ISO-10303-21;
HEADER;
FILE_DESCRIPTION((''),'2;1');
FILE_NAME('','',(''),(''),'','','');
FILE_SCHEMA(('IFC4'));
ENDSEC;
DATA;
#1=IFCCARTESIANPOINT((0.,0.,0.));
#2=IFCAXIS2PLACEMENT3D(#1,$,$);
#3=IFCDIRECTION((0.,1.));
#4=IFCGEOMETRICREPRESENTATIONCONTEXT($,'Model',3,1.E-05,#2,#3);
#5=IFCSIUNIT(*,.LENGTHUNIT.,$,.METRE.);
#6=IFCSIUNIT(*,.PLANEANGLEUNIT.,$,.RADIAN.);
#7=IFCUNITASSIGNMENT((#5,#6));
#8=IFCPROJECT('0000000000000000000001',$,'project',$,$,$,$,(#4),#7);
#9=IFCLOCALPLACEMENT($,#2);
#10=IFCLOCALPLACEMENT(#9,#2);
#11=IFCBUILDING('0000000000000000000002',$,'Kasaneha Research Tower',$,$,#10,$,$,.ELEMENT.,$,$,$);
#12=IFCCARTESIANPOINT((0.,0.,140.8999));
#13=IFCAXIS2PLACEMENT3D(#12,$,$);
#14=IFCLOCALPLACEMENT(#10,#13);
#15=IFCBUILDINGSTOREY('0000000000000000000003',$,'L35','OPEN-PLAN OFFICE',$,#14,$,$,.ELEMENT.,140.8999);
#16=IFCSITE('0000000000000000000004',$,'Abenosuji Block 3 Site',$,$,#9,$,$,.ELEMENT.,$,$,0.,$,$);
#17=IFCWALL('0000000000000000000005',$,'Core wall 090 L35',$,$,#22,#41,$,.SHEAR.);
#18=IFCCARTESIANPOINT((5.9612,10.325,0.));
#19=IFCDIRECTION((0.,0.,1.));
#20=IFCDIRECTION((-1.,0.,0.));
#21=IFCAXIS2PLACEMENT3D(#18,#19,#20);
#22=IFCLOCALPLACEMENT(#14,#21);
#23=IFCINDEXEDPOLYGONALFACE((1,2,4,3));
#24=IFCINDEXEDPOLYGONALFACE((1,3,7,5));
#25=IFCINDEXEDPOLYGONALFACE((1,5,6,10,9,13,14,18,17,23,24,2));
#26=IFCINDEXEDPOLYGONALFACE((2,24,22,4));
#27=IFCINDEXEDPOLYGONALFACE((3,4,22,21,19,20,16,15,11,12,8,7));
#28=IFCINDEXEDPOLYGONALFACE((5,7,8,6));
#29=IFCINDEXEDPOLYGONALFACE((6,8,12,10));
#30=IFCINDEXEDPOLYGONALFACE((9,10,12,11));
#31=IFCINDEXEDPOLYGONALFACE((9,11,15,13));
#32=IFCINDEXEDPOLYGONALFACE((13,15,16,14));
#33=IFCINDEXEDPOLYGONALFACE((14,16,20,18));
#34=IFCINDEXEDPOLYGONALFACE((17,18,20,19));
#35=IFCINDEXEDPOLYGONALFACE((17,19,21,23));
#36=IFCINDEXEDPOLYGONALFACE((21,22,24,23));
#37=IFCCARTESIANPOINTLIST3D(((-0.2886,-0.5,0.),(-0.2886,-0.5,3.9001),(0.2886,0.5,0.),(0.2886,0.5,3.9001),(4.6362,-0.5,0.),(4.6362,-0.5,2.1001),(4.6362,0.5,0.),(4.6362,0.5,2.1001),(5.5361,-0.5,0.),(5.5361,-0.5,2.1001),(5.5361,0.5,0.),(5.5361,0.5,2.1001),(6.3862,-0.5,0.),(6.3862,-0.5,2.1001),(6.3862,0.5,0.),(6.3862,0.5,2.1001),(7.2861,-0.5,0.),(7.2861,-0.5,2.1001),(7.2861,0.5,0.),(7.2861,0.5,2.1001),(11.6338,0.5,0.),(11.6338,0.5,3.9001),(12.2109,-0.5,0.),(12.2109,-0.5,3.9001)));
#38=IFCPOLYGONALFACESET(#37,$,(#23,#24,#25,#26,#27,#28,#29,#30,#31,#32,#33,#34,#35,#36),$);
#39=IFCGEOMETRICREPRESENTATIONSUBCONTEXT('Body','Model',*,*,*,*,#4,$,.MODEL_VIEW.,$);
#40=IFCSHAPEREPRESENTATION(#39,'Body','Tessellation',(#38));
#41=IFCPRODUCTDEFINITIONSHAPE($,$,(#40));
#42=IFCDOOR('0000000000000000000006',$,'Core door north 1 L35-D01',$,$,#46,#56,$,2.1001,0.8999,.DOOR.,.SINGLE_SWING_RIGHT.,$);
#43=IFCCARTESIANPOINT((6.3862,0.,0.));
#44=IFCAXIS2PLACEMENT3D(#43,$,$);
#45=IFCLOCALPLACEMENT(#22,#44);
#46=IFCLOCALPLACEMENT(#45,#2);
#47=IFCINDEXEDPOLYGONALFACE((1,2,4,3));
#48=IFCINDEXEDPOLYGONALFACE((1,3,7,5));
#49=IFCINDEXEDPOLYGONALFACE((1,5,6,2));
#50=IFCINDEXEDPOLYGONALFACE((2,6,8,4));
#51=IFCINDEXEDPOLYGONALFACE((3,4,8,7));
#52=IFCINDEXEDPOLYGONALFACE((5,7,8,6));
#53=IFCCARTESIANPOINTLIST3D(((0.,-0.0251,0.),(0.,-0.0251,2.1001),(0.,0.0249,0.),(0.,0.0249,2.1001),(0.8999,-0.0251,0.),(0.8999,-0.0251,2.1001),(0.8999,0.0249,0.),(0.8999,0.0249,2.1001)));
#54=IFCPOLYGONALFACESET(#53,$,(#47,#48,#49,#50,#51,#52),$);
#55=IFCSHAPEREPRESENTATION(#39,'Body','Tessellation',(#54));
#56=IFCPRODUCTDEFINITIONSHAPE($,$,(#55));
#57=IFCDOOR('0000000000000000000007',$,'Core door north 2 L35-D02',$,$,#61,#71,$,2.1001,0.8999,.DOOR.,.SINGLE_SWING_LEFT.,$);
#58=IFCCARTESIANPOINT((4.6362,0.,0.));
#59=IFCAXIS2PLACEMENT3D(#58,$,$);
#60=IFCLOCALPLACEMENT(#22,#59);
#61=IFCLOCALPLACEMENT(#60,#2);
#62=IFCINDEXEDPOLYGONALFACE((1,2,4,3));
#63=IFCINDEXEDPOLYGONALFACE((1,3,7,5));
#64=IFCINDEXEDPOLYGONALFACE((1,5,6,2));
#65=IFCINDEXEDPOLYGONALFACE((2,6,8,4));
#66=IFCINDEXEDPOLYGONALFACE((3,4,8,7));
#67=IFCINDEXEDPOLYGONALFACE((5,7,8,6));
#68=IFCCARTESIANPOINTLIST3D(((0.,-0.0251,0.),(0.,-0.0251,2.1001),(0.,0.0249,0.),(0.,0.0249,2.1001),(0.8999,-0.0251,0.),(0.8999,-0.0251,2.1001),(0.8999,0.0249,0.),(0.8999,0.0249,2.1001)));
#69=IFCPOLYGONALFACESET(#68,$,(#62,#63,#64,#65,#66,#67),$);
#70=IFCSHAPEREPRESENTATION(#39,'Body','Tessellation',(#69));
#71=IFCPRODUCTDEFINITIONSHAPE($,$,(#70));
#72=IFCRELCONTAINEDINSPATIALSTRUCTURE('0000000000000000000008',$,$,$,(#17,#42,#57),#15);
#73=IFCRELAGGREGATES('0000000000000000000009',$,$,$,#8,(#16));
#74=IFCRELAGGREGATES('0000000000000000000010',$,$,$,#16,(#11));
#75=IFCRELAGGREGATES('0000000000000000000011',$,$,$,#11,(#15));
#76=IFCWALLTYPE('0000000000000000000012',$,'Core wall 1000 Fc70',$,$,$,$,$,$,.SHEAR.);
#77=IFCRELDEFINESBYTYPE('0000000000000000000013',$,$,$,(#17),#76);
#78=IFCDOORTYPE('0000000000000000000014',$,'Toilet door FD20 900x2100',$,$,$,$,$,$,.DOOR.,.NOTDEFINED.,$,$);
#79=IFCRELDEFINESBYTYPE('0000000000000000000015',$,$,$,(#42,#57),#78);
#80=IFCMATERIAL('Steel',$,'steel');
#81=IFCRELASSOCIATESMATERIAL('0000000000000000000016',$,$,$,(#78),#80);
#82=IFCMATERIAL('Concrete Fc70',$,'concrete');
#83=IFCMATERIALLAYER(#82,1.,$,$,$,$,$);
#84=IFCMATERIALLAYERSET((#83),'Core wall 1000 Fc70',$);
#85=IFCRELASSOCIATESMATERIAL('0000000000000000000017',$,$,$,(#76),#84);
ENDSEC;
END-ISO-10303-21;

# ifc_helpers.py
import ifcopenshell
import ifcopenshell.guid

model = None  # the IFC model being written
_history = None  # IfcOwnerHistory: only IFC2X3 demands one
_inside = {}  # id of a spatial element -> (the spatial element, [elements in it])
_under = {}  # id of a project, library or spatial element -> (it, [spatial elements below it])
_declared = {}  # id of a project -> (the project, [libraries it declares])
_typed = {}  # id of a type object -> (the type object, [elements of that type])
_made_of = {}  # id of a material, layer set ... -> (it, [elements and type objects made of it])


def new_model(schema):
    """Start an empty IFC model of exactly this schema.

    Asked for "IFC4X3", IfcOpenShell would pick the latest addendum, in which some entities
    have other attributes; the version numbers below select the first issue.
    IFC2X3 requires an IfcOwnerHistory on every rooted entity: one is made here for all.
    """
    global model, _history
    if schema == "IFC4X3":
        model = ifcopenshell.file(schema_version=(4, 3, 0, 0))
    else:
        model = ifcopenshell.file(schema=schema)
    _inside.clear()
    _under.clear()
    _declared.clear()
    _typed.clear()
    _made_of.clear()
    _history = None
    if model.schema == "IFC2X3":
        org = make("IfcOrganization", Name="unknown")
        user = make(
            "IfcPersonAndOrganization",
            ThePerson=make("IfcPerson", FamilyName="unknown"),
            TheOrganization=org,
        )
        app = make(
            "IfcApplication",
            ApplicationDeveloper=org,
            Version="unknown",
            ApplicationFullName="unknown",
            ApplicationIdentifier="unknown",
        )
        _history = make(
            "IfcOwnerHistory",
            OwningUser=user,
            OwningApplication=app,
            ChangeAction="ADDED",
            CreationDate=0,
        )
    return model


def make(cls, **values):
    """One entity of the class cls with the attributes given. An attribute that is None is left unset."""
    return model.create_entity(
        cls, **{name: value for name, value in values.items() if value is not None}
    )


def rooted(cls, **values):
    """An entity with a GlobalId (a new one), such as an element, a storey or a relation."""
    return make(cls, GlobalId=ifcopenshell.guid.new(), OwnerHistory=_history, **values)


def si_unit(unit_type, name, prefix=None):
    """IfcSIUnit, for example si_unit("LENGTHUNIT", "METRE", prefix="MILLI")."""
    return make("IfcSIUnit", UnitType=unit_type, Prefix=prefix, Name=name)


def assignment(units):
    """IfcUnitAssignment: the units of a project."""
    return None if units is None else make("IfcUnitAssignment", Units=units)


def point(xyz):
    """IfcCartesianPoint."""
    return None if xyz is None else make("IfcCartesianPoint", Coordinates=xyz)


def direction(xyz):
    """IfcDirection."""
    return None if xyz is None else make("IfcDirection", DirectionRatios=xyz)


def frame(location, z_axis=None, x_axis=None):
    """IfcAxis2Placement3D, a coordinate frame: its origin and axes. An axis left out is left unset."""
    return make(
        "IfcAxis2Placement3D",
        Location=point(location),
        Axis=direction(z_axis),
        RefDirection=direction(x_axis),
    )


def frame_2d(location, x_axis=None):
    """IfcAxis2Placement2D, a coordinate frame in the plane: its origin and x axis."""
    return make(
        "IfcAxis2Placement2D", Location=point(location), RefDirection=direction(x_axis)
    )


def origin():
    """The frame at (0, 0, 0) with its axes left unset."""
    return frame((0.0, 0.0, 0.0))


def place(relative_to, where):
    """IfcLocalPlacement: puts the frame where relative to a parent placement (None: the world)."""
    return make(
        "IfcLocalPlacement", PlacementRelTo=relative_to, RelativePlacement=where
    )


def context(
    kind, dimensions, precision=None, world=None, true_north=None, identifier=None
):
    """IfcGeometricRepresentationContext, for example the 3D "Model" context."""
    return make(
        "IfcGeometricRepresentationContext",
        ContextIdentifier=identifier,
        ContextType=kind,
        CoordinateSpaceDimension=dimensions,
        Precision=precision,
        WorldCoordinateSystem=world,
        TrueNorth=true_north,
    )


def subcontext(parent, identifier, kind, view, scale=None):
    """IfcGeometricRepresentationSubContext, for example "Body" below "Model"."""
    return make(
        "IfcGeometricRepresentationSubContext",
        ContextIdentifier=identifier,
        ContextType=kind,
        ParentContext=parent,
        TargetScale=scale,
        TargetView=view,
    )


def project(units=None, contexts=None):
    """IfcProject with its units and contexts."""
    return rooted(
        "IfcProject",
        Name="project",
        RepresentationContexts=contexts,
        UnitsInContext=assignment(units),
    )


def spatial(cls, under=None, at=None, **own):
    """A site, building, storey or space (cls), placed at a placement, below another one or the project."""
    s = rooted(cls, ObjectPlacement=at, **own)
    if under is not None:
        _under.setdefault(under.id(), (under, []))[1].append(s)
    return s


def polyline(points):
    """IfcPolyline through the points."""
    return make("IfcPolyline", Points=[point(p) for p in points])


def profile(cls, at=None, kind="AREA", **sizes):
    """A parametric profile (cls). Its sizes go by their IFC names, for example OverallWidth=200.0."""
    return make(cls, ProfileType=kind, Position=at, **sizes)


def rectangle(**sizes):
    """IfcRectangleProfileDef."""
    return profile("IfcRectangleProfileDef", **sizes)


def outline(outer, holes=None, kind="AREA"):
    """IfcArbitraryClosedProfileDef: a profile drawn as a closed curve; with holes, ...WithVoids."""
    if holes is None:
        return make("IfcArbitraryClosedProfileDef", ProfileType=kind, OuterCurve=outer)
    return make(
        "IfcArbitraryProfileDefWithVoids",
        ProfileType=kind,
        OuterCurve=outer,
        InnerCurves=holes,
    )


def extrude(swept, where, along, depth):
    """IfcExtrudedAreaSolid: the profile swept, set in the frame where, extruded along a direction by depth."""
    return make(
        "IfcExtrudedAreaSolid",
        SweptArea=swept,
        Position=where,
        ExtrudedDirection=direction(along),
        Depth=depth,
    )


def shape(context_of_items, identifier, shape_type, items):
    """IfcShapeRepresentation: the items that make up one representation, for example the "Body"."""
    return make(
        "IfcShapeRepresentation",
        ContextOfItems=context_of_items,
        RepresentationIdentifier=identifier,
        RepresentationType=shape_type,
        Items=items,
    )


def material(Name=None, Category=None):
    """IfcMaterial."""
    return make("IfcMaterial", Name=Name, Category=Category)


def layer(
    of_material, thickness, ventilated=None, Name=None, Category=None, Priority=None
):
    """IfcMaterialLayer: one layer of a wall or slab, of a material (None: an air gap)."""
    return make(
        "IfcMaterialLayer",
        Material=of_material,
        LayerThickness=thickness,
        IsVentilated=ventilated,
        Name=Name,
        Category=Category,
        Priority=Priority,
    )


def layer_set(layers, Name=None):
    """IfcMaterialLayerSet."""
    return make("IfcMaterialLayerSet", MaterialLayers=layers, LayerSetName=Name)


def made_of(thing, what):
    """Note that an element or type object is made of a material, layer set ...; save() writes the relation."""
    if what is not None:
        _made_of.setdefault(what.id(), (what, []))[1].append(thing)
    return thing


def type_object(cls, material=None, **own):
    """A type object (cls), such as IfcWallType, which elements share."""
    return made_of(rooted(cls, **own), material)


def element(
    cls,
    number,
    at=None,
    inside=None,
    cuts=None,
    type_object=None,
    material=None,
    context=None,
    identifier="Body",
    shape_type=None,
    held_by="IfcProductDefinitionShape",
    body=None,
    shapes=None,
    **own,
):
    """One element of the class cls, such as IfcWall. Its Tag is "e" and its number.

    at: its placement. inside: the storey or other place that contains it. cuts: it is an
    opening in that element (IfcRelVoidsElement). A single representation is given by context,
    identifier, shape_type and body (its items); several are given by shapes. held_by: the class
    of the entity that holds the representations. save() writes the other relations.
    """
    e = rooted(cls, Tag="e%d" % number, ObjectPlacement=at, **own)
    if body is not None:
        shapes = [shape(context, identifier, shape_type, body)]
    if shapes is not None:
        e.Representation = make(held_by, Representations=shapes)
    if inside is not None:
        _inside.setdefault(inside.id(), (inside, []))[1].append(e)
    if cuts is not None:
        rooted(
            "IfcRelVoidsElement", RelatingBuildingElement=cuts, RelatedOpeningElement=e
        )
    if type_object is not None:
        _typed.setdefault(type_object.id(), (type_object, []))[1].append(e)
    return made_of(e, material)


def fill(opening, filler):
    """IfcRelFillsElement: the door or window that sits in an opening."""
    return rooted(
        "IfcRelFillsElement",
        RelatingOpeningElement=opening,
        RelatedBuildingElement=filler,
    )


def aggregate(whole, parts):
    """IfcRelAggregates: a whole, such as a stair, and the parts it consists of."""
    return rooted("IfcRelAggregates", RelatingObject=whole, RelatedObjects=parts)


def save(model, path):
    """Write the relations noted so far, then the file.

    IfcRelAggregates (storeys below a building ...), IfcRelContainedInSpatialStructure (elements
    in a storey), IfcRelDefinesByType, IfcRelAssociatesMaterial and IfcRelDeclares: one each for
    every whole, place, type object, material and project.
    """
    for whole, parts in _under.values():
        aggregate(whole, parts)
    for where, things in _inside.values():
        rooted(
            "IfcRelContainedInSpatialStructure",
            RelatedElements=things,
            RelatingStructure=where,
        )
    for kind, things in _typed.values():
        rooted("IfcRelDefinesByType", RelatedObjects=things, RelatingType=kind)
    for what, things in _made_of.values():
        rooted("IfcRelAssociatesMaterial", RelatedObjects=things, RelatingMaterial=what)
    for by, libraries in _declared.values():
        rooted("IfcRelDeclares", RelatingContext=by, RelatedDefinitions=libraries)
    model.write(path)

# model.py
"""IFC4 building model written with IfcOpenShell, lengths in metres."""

from ifc_helpers import new_model, si_unit, direction, frame, frame_2d, origin, place, context, subcontext, project, spatial, polyline, rectangle, outline, extrude, material, layer, layer_set, type_object, element, fill, save


model = new_model("IFC4")

# Units and contexts
model_context = context("Model", 3, precision=1e-05, world=origin(), true_north=direction((0.0, 1.0)))
body_context = subcontext(model_context, "Body", "Model", "MODEL_VIEW")
ifc_project = project(units=[si_unit("LENGTHUNIT", "METRE"), si_unit("PLANEANGLEUNIT", "RADIAN")], contexts=[model_context])

# Site, building, storey
site_placement = place(None, origin())
site = spatial("IfcSite", under=ifc_project, at=site_placement, Name="Abenosuji Block 3 Site", CompositionType="ELEMENT", RefElevation=0.0)
building_placement = place(site_placement, origin())
building = spatial("IfcBuilding", under=site, at=building_placement, Name="Kasaneha Research Tower", CompositionType="ELEMENT")
storey_placement = place(building_placement, frame((0.0, 0.0, 140.8999)))
storey = spatial("IfcBuildingStorey", under=building, at=storey_placement, Name="L35", Description="OPEN-PLAN OFFICE", CompositionType="ELEMENT", Elevation=140.8999)

# Shared definitions
ifc_material_1 = material(Name="Steel", Category="steel")
door_type_1 = type_object("IfcDoorType", Name="Toilet door FD20 900x2100", OperationType="NOTDEFINED", PredefinedType="DOOR", material=ifc_material_1)

# Wall, openings, doors
ifc_material_2 = material(Name="Concrete Fc70", Category="concrete")
ifc_layer_1 = layer(ifc_material_2, 1.0)
ifc_layer_set_1 = layer_set([ifc_layer_1], Name="Core wall 1000 Fc70")
wall_type_1 = type_object("IfcWallType", Name="Core wall 1000 Fc70", PredefinedType="SHEAR", material=ifc_layer_set_1)
wall_1_placement = place(storey_placement, frame((5.9612, 10.325, 0.0), z_axis=(0.0, 0.0, 1.0), x_axis=(-1.0, 0.0, 0.0)))
wall_1 = element("IfcWall", 1, at=wall_1_placement, inside=storey, type_object=wall_type_1, Name="Core wall 090 L35", PredefinedType="SHEAR", context=body_context, shape_type="SweptSolid", body=[
    extrude(outline(polyline([(-0.2886, -0.5), (4.6362, -0.5), (5.5361, -0.5), (6.3862, -0.5), (7.2861, -0.5), (12.2109, -0.5), (11.6338, 0.5), (7.2861, 0.5), (6.3862, 0.5), (5.5361, 0.5), (4.6362, 0.5), (0.2886, 0.5), (-0.2886, -0.5)])), origin(), (0.0, 0.0, 1.0), 3.9001),
])
opening_1_placement = place(wall_1_placement, frame((6.3862, 0.0, 0.0)))
opening_1 = element("IfcOpeningElement", 2, at=opening_1_placement, cuts=wall_1, PredefinedType="OPENING", context=body_context, shape_type="SweptSolid", body=[
    extrude(rectangle(XDim=0.8999, YDim=2.1001, at=frame_2d((0.45, 1.05))), frame((0.0, 0.51, 0.0), z_axis=(0.0, -1.0, 0.0), x_axis=(1.0, 0.0, 0.0)), (0.0, 0.0, 1.0), 1.02),
])
opening_2_placement = place(wall_1_placement, frame((4.6362, 0.0, 0.0)))
opening_2 = element("IfcOpeningElement", 3, at=opening_2_placement, cuts=wall_1, PredefinedType="OPENING", context=body_context, shape_type="SweptSolid", body=[
    extrude(rectangle(XDim=0.8999, YDim=2.1001, at=frame_2d((0.45, 1.05))), frame((0.0, 0.51, 0.0), z_axis=(0.0, -1.0, 0.0), x_axis=(1.0, 0.0, 0.0)), (0.0, 0.0, 1.0), 1.02),
])
door_1_placement = place(opening_1_placement, origin())
door_1 = element("IfcDoor", 4, at=door_1_placement, inside=storey, type_object=door_type_1, Name="Core door north 1 L35-D01", OperationType="SINGLE_SWING_RIGHT", OverallHeight=2.1001, OverallWidth=0.8999, PredefinedType="DOOR", context=body_context, shape_type="SweptSolid", body=[
    extrude(rectangle(XDim=0.8999, YDim=2.1001, at=frame_2d((0.45, 1.05))), frame((0.0, 0.0249, 0.0), z_axis=(0.0, -1.0, 0.0), x_axis=(1.0, 0.0, 0.0)), (0.0, 0.0, 1.0), 0.05),
])
fill(opening_1, door_1)
door_2_placement = place(opening_2_placement, origin())
door_2 = element("IfcDoor", 5, at=door_2_placement, inside=storey, type_object=door_type_1, Name="Core door north 2 L35-D02", OperationType="SINGLE_SWING_LEFT", OverallHeight=2.1001, OverallWidth=0.8999, PredefinedType="DOOR", context=body_context, shape_type="SweptSolid", body=[
    extrude(rectangle(XDim=0.8999, YDim=2.1001, at=frame_2d((0.45, 1.05))), frame((0.0, 0.0249, 0.0), z_axis=(0.0, -1.0, 0.0), x_axis=(1.0, 0.0, 0.0)), (0.0, 0.0, 1.0), 0.05),
])
fill(opening_2, door_2)

save(model, "model.ifc")
